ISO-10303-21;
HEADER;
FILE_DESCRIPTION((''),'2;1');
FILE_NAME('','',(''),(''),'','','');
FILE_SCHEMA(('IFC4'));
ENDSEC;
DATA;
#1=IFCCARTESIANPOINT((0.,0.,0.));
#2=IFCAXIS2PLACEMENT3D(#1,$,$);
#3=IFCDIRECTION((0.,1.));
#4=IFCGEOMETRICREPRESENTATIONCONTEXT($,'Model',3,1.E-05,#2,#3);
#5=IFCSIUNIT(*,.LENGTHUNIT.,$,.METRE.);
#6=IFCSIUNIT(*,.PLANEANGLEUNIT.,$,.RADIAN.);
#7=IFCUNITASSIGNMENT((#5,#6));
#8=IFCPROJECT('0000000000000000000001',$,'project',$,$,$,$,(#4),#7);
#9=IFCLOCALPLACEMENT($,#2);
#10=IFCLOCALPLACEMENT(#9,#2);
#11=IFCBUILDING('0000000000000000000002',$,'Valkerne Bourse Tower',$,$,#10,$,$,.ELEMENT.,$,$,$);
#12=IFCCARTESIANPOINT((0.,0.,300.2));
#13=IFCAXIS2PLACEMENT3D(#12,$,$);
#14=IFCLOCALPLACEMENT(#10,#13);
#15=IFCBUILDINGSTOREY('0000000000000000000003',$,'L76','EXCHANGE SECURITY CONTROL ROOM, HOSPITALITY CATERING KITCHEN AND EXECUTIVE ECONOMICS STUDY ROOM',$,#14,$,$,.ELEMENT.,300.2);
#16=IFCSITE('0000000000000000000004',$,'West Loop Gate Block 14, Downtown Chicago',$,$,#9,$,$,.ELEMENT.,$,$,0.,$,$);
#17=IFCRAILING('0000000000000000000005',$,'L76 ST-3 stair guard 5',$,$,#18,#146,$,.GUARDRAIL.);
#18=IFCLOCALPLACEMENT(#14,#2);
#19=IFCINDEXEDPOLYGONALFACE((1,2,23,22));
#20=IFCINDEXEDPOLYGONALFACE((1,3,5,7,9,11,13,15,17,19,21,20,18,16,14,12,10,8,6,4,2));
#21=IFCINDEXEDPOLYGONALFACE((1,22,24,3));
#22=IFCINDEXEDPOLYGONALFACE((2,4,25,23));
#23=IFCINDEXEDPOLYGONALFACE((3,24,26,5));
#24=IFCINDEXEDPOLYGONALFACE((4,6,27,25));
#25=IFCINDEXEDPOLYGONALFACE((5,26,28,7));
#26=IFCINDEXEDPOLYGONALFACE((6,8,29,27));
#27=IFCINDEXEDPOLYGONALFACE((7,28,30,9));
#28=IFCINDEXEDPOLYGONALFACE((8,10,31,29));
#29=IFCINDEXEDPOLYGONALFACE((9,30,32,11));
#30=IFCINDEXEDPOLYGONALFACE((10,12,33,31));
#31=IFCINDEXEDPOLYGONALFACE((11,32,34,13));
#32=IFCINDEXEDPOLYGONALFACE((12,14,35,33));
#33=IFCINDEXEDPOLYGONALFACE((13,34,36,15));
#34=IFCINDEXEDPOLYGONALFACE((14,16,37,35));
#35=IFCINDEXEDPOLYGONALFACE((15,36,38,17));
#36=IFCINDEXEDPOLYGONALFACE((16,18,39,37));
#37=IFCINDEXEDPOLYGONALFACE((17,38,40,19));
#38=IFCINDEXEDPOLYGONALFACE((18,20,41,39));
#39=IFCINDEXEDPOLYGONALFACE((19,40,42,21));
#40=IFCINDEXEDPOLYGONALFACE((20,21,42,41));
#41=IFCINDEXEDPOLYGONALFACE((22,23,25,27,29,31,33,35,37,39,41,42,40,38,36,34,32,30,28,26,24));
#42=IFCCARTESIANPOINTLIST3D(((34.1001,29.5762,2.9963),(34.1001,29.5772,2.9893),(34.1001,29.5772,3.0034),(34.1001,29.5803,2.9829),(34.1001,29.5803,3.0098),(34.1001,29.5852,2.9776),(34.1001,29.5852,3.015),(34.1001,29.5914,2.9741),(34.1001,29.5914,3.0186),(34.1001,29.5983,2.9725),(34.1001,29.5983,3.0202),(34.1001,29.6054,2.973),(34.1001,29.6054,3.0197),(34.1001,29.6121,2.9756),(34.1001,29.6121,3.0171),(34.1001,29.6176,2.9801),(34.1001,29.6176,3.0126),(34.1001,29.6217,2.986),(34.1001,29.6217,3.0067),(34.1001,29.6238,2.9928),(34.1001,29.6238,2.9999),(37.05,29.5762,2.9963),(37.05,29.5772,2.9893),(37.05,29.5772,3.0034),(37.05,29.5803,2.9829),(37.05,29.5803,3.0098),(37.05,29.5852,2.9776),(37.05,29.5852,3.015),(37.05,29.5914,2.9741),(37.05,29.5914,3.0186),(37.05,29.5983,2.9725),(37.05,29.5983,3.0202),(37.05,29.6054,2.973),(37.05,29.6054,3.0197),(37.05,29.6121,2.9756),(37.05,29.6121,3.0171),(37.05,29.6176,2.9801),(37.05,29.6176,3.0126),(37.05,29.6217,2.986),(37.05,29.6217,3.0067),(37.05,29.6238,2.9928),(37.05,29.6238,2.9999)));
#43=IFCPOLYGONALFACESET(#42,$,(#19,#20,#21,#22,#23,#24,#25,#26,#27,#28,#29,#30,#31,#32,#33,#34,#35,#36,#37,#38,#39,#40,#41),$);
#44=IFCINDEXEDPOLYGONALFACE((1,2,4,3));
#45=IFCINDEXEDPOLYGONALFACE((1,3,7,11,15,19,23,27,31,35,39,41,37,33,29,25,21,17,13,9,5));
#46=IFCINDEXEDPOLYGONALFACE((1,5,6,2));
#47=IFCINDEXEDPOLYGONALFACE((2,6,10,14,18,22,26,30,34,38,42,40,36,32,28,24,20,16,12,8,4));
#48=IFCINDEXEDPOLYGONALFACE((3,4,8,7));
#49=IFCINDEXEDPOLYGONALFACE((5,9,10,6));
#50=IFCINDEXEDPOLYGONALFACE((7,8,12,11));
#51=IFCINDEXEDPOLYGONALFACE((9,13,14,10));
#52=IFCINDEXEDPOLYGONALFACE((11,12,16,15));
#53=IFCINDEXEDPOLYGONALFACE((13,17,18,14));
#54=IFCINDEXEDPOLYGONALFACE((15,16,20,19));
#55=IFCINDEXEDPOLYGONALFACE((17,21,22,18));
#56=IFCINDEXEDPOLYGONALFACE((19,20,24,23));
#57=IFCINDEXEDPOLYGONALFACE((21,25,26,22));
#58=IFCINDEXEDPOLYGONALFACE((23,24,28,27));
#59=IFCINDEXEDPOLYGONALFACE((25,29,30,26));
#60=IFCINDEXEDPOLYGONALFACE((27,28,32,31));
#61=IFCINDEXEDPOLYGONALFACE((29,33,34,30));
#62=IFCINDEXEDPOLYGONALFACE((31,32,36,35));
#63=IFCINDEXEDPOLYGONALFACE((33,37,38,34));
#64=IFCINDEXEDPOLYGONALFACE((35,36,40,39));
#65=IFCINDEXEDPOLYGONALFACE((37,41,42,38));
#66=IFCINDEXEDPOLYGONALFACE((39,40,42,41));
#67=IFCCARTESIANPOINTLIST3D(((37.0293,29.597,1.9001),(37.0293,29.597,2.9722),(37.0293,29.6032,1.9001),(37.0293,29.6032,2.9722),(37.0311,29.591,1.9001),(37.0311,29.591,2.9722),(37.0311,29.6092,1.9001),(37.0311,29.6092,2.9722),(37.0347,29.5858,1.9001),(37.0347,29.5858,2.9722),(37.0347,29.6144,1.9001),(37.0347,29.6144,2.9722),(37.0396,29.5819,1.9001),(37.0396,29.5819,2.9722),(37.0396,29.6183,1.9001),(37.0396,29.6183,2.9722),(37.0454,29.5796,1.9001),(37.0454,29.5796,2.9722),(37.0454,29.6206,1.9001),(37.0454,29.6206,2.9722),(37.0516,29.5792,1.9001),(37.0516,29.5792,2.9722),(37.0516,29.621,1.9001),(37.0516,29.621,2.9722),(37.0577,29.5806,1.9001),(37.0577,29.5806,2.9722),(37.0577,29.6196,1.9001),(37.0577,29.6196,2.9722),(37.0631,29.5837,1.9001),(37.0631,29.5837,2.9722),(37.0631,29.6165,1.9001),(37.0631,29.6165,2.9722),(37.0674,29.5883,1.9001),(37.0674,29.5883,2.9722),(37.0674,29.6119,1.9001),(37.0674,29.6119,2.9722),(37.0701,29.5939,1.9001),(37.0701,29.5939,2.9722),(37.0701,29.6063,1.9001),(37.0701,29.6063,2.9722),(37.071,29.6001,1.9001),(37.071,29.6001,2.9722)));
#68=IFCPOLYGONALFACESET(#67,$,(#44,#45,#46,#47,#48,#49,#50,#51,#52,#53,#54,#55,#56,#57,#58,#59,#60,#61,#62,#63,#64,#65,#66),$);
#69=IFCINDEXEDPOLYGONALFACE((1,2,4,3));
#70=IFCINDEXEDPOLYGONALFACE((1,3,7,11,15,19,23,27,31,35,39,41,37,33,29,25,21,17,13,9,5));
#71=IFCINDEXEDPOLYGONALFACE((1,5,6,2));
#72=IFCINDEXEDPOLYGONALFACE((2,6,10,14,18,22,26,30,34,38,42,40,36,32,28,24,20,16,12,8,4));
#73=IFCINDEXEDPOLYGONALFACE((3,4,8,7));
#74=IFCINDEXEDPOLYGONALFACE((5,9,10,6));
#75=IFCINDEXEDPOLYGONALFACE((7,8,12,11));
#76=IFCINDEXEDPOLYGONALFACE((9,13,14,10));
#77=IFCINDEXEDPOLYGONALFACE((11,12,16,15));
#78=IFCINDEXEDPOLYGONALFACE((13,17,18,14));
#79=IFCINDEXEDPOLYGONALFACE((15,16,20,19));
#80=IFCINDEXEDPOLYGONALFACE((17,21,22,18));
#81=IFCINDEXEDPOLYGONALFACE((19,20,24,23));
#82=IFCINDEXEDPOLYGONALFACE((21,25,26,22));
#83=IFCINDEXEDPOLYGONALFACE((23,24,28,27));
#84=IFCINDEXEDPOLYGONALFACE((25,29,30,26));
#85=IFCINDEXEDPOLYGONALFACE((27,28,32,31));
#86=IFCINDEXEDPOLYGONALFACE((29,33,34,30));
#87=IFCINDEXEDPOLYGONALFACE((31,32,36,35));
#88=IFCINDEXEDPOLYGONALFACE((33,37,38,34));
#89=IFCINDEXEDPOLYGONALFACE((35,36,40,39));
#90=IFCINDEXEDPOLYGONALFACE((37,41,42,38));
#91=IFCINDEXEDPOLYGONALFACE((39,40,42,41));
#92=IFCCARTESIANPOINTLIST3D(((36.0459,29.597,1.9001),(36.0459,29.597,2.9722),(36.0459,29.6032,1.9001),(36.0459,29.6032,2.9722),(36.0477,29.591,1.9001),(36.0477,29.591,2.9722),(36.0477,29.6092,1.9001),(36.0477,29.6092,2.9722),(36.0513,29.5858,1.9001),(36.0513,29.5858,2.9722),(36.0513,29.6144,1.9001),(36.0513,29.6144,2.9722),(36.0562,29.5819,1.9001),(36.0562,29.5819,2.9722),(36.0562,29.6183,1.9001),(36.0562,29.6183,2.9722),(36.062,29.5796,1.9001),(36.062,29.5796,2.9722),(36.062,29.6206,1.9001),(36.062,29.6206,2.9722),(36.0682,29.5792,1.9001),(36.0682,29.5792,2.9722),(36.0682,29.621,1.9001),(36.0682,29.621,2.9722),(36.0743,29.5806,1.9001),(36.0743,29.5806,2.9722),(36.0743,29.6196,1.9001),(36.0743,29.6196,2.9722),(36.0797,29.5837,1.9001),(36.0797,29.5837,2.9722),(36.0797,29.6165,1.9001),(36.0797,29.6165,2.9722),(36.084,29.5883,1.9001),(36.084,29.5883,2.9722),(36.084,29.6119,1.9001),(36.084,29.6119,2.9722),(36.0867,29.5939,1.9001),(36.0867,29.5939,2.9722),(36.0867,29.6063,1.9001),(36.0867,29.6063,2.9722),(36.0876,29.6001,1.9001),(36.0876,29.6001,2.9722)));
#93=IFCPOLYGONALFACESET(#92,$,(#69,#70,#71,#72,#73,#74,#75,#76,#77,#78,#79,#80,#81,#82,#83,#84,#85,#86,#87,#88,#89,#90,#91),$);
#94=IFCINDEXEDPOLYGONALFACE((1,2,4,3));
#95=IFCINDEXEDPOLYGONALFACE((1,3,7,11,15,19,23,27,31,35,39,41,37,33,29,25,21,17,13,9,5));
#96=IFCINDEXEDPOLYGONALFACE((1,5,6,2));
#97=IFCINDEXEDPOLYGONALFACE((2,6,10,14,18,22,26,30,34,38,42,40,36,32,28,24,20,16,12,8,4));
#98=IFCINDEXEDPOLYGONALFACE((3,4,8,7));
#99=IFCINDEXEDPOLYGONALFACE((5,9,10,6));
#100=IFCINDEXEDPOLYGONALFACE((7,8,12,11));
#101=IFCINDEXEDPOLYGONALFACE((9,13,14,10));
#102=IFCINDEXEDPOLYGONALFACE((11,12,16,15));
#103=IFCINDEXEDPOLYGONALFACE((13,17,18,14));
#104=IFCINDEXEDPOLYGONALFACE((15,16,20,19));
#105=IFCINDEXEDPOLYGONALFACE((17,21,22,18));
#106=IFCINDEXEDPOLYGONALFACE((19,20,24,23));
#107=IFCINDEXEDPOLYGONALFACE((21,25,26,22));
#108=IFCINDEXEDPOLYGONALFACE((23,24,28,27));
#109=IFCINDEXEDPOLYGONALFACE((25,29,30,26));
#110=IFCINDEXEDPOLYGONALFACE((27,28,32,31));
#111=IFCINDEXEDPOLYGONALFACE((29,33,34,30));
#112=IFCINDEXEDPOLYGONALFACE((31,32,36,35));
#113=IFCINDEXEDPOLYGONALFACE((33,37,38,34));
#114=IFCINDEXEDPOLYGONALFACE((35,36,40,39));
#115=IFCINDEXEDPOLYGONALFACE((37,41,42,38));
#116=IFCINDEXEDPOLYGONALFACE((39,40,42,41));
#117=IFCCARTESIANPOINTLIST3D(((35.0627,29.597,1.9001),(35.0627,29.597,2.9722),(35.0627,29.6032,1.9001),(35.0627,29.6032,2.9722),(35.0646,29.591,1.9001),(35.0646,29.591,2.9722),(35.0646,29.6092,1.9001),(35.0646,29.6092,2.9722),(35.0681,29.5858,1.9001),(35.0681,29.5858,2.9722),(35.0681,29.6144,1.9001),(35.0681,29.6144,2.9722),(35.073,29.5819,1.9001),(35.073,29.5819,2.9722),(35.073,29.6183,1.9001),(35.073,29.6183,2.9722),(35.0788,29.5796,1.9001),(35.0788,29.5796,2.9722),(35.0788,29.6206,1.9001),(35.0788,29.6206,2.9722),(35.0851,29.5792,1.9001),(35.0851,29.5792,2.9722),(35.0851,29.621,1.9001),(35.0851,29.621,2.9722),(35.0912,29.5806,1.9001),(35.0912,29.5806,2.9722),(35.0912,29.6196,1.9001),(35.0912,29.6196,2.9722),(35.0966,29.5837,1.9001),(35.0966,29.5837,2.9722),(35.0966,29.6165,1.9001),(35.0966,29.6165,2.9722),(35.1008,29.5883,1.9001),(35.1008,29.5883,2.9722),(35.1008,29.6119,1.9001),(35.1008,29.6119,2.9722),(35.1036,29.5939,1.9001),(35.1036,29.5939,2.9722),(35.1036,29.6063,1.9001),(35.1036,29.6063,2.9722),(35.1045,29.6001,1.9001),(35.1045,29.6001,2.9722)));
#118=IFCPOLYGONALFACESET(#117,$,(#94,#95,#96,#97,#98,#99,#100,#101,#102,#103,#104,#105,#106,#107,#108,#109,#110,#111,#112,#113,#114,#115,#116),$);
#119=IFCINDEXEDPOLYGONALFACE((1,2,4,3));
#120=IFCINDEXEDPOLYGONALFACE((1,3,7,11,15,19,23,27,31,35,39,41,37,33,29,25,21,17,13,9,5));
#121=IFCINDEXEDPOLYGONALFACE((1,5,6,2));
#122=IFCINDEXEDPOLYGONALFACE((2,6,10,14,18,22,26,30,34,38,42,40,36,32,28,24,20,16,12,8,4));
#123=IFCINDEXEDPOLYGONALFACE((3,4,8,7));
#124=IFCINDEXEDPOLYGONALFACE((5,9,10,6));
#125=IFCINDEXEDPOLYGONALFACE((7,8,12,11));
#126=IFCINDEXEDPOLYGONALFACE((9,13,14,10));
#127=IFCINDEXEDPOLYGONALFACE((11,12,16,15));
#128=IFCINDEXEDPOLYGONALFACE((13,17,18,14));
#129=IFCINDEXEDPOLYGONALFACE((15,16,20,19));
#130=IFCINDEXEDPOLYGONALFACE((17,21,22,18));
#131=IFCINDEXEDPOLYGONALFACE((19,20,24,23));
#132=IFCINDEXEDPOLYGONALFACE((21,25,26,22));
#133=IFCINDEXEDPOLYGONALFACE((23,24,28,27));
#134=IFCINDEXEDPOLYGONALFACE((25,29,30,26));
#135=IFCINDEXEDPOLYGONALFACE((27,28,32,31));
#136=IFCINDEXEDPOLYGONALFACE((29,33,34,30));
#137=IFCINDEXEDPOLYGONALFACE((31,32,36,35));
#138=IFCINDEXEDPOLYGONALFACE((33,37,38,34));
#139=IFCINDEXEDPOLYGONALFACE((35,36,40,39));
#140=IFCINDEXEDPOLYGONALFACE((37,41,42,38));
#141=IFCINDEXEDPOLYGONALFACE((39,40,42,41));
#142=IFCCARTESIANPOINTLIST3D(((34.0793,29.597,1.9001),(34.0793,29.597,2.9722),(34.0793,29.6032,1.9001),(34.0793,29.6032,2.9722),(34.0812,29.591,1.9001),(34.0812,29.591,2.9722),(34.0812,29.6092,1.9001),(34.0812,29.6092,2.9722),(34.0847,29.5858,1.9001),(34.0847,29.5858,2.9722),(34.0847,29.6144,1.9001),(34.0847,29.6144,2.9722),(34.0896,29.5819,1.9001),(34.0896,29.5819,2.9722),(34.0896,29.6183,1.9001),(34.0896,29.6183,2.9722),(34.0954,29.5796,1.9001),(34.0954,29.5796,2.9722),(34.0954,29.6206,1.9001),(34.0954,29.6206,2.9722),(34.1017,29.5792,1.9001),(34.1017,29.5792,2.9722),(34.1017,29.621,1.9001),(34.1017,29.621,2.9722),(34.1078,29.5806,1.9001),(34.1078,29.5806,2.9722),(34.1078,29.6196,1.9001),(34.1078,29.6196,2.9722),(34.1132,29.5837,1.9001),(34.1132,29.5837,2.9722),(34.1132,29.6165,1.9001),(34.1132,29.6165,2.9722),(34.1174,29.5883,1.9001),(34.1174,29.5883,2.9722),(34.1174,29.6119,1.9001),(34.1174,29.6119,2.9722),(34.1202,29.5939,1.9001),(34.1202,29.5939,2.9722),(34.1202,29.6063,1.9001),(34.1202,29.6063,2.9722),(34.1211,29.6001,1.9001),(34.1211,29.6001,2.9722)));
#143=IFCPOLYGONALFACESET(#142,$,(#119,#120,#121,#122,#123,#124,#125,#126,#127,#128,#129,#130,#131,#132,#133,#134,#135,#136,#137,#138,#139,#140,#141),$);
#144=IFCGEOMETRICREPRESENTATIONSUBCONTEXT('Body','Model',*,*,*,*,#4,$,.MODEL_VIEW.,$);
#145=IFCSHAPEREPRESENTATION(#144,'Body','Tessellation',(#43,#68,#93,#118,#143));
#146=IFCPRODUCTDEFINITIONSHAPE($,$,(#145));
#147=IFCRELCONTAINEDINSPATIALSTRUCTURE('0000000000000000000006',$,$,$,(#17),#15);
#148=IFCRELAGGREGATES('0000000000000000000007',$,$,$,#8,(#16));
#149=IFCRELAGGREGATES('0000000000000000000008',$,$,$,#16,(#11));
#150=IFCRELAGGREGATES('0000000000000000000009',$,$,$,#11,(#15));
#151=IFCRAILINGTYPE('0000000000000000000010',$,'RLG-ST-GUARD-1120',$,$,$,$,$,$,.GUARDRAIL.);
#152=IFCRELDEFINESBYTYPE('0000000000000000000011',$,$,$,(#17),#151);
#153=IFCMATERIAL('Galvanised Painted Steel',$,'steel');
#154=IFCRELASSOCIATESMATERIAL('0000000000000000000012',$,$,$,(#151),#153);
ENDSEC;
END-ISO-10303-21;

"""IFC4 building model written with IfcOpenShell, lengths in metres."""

from ifc_helpers import new_model, si_unit, direction, frame, origin, origin_2d, place, context, subcontext, project, spatial, circle, extrude, material, type_object, element, save


model = new_model("IFC4")

# Units and contexts
model_context = context("Model", 3, precision=1e-05, world=origin(), true_north=direction((0.0, 1.0)))
body_context = subcontext(model_context, "Body", "Model", "MODEL_VIEW")
ifc_project = project(units=[si_unit("LENGTHUNIT", "METRE"), si_unit("PLANEANGLEUNIT", "RADIAN")], contexts=[model_context])

# Site, building, storey
site_placement = place(None, origin())
site = spatial("IfcSite", under=ifc_project, at=site_placement, Name="West Loop Gate Block 14, Downtown Chicago", CompositionType="ELEMENT", RefElevation=0.0)
building_placement = place(site_placement, origin())
building = spatial("IfcBuilding", under=site, at=building_placement, Name="Valkerne Bourse Tower", CompositionType="ELEMENT")
storey_placement = place(building_placement, frame((0.0, 0.0, 300.2)))
storey = spatial("IfcBuildingStorey", under=building, at=storey_placement, Name="L76", Description="EXCHANGE SECURITY CONTROL ROOM, HOSPITALITY CATERING KITCHEN AND EXECUTIVE ECONOMICS STUDY ROOM", CompositionType="ELEMENT", Elevation=300.2)

# Railing
ifc_material_1 = material(Name="Galvanised Painted Steel", Category="steel")
railing_type_1 = type_object("IfcRailingType", Name="RLG-ST-GUARD-1120", PredefinedType="GUARDRAIL", material=ifc_material_1)
railing_1_placement = place(storey_placement, frame((37.05, 29.6001, 1.9001)))
element("IfcRailing", 1, at=railing_1_placement, inside=storey, type_object=railing_type_1, Name="L76 ST-3 stair guard 5", PredefinedType="GUARDRAIL", context=body_context, shape_type="SweptSolid", body=[
    extrude(circle(Radius=0.0239, at=origin_2d()), frame((0.0, 0.0, 1.0962), z_axis=(-1.0, 0.0, 0.0), x_axis=(0.0, -1.0, 0.0)), (0.0, 0.0, 1.0), 2.95),
    extrude(circle(Radius=0.021, at=origin_2d()), origin(), (0.0, 0.0, 1.0), 1.072),
    extrude(circle(Radius=0.021, at=origin_2d()), frame((-0.9834, 0.0, 0.0)), (0.0, 0.0, 1.0), 1.072),
    extrude(circle(Radius=0.021, at=origin_2d()), frame((-1.9666, 0.0, 0.0)), (0.0, 0.0, 1.0), 1.072),
    extrude(circle(Radius=0.021, at=origin_2d()), frame((-2.95, 0.0, 0.0)), (0.0, 0.0, 1.0), 1.072),
])

save(model, "model.ifc")
